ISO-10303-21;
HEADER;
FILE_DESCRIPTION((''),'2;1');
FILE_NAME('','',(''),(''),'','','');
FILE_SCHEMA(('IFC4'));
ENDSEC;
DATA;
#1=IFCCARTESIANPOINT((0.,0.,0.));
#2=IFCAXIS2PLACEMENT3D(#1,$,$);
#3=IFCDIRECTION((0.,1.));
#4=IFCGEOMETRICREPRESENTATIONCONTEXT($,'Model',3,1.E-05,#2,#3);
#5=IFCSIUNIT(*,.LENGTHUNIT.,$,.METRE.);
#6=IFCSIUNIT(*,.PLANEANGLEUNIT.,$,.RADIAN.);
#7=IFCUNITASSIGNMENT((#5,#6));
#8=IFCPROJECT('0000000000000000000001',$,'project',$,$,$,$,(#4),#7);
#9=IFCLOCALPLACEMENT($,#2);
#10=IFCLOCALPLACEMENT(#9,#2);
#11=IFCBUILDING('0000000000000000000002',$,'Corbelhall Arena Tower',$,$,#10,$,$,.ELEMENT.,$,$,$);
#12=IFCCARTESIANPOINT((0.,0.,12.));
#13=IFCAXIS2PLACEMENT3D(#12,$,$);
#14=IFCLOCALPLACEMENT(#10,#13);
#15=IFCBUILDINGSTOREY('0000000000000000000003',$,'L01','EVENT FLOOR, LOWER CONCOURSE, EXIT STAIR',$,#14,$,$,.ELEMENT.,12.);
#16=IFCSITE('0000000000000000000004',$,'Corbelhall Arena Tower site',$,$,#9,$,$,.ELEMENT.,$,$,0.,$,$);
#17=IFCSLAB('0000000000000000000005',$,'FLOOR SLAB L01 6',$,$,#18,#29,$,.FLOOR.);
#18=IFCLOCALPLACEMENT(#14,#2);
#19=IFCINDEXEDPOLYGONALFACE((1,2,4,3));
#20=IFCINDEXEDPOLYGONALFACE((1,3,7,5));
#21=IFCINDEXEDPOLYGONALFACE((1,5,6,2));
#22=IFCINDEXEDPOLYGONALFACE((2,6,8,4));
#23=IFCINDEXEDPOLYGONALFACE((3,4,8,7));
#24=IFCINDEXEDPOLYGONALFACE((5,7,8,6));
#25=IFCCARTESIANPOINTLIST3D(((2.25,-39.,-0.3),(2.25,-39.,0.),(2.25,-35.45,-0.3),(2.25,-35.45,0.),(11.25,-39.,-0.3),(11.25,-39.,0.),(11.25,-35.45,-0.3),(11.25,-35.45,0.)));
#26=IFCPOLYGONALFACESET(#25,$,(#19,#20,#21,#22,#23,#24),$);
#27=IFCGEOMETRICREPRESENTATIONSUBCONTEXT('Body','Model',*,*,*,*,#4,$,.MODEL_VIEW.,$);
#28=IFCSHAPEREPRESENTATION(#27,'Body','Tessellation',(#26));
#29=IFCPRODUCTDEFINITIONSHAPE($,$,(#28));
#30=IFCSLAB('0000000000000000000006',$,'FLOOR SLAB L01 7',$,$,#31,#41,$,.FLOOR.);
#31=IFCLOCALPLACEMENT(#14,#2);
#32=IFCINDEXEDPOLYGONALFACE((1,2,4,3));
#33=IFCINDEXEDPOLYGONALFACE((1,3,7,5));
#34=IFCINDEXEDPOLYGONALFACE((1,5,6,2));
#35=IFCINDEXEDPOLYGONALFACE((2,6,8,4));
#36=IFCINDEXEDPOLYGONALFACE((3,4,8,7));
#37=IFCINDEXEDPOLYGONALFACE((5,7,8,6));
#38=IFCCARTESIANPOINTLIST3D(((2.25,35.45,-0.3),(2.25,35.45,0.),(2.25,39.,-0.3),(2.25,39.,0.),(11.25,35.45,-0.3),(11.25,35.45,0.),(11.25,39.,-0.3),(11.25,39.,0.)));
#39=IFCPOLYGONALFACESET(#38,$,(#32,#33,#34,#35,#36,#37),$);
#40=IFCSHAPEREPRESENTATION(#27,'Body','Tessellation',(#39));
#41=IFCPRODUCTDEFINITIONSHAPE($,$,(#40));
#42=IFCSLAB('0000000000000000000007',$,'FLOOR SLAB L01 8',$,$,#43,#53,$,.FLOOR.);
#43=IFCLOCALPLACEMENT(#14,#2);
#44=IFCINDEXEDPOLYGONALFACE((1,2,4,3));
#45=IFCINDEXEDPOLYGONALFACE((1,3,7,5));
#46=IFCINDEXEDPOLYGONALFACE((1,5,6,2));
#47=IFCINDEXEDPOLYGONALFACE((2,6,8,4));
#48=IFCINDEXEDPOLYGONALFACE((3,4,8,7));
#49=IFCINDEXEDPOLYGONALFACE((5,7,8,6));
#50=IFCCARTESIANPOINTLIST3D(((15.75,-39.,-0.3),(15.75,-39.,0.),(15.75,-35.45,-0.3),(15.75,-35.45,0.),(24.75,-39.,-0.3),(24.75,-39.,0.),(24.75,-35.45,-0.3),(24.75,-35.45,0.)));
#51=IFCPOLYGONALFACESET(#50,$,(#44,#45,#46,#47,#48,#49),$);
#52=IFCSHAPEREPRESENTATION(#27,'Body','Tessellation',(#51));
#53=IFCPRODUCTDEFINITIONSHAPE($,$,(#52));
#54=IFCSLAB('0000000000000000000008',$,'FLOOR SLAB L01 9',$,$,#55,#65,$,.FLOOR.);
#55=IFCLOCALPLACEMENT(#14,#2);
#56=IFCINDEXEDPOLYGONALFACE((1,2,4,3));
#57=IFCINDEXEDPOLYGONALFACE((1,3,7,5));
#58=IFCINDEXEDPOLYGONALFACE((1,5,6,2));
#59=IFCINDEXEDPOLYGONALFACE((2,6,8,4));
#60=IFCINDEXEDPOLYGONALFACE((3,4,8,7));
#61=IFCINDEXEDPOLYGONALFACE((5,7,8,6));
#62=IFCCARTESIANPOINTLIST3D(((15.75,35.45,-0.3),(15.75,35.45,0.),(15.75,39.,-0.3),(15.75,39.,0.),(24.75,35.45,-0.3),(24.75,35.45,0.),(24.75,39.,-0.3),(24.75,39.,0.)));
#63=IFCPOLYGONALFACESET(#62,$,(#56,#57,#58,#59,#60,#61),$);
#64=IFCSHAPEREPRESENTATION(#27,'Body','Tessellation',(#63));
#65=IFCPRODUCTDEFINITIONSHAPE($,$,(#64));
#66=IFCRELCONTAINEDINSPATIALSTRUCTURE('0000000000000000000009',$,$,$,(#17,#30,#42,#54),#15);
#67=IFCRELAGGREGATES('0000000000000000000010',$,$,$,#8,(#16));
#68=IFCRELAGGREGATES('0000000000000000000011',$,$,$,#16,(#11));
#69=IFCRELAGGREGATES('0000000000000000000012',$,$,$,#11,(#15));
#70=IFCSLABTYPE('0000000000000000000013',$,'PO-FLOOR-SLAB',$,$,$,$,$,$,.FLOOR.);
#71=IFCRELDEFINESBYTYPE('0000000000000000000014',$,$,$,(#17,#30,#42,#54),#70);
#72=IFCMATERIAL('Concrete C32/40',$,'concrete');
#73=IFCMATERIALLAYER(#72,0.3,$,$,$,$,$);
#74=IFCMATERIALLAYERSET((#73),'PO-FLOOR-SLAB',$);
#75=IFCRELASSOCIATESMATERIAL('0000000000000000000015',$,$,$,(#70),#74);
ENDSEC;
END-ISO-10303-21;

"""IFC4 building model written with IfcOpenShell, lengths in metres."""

from ifc_helpers import new_model, si_unit, direction, frame, origin, place, context, subcontext, project, spatial, polyline, outline, extrude, material, layer, layer_set, type_object, element, save


model = new_model("IFC4")

# Units and contexts
model_context = context("Model", 3, precision=1e-05, world=origin(), true_north=direction((0.0, 1.0)))
body_context = subcontext(model_context, "Body", "Model", "MODEL_VIEW")
ifc_project = project(units=[si_unit("LENGTHUNIT", "METRE"), si_unit("PLANEANGLEUNIT", "RADIAN")], contexts=[model_context])

# Site, building, storey
site_placement = place(None, origin())
site = spatial("IfcSite", under=ifc_project, at=site_placement, Name="Corbelhall Arena Tower site", CompositionType="ELEMENT", RefElevation=0.0)
building_placement = place(site_placement, origin())
building = spatial("IfcBuilding", under=site, at=building_placement, Name="Corbelhall Arena Tower", CompositionType="ELEMENT")
storey_placement = place(building_placement, frame((0.0, 0.0, 12.0)))
storey = spatial("IfcBuildingStorey", under=building, at=storey_placement, Name="L01", Description="EVENT FLOOR, LOWER CONCOURSE, EXIT STAIR", CompositionType="ELEMENT", Elevation=12.0)

# Slabs
ifc_material_1 = material(Name="Concrete C32/40", Category="concrete")
ifc_layer_1 = layer(ifc_material_1, 0.3)
ifc_layer_set_1 = layer_set([ifc_layer_1], Name="PO-FLOOR-SLAB")
slab_type_1 = type_object("IfcSlabType", Name="PO-FLOOR-SLAB", PredefinedType="FLOOR", material=ifc_layer_set_1)
slab_1_placement = place(storey_placement, frame((0.0, 0.0, -0.3)))
element("IfcSlab", 1, at=slab_1_placement, inside=storey, type_object=slab_type_1, Name="FLOOR SLAB L01 6", PredefinedType="FLOOR", context=body_context, shape_type="SweptSolid", body=[
    extrude(outline(polyline([(2.25, -39.0), (2.25, -35.45), (11.25, -35.45), (11.25, -39.0), (2.25, -39.0)])), origin(), (0.0, 0.0, 1.0), 0.3),
])
slab_2_placement = place(storey_placement, frame((0.0, 0.0, -0.3)))
element("IfcSlab", 2, at=slab_2_placement, inside=storey, type_object=slab_type_1, Name="FLOOR SLAB L01 7", PredefinedType="FLOOR", context=body_context, shape_type="SweptSolid", body=[
    extrude(outline(polyline([(11.25, 39.0), (11.25, 35.45), (2.25, 35.45), (2.25, 39.0), (11.25, 39.0)])), origin(), (0.0, 0.0, 1.0), 0.3),
])
slab_3_placement = place(storey_placement, frame((0.0, 0.0, -0.3)))
element("IfcSlab", 3, at=slab_3_placement, inside=storey, type_object=slab_type_1, Name="FLOOR SLAB L01 8", PredefinedType="FLOOR", context=body_context, shape_type="SweptSolid", body=[
    extrude(outline(polyline([(15.75, -39.0), (15.75, -35.45), (24.75, -35.45), (24.75, -39.0), (15.75, -39.0)])), origin(), (0.0, 0.0, 1.0), 0.3),
])
slab_4_placement = place(storey_placement, frame((0.0, 0.0, -0.3)))
element("IfcSlab", 4, at=slab_4_placement, inside=storey, type_object=slab_type_1, Name="FLOOR SLAB L01 9", PredefinedType="FLOOR", context=body_context, shape_type="SweptSolid", body=[
    extrude(outline(polyline([(24.75, 39.0), (24.75, 35.45), (15.75, 35.45), (15.75, 39.0), (24.75, 39.0)])), origin(), (0.0, 0.0, 1.0), 0.3),
])

save(model, "model.ifc")
